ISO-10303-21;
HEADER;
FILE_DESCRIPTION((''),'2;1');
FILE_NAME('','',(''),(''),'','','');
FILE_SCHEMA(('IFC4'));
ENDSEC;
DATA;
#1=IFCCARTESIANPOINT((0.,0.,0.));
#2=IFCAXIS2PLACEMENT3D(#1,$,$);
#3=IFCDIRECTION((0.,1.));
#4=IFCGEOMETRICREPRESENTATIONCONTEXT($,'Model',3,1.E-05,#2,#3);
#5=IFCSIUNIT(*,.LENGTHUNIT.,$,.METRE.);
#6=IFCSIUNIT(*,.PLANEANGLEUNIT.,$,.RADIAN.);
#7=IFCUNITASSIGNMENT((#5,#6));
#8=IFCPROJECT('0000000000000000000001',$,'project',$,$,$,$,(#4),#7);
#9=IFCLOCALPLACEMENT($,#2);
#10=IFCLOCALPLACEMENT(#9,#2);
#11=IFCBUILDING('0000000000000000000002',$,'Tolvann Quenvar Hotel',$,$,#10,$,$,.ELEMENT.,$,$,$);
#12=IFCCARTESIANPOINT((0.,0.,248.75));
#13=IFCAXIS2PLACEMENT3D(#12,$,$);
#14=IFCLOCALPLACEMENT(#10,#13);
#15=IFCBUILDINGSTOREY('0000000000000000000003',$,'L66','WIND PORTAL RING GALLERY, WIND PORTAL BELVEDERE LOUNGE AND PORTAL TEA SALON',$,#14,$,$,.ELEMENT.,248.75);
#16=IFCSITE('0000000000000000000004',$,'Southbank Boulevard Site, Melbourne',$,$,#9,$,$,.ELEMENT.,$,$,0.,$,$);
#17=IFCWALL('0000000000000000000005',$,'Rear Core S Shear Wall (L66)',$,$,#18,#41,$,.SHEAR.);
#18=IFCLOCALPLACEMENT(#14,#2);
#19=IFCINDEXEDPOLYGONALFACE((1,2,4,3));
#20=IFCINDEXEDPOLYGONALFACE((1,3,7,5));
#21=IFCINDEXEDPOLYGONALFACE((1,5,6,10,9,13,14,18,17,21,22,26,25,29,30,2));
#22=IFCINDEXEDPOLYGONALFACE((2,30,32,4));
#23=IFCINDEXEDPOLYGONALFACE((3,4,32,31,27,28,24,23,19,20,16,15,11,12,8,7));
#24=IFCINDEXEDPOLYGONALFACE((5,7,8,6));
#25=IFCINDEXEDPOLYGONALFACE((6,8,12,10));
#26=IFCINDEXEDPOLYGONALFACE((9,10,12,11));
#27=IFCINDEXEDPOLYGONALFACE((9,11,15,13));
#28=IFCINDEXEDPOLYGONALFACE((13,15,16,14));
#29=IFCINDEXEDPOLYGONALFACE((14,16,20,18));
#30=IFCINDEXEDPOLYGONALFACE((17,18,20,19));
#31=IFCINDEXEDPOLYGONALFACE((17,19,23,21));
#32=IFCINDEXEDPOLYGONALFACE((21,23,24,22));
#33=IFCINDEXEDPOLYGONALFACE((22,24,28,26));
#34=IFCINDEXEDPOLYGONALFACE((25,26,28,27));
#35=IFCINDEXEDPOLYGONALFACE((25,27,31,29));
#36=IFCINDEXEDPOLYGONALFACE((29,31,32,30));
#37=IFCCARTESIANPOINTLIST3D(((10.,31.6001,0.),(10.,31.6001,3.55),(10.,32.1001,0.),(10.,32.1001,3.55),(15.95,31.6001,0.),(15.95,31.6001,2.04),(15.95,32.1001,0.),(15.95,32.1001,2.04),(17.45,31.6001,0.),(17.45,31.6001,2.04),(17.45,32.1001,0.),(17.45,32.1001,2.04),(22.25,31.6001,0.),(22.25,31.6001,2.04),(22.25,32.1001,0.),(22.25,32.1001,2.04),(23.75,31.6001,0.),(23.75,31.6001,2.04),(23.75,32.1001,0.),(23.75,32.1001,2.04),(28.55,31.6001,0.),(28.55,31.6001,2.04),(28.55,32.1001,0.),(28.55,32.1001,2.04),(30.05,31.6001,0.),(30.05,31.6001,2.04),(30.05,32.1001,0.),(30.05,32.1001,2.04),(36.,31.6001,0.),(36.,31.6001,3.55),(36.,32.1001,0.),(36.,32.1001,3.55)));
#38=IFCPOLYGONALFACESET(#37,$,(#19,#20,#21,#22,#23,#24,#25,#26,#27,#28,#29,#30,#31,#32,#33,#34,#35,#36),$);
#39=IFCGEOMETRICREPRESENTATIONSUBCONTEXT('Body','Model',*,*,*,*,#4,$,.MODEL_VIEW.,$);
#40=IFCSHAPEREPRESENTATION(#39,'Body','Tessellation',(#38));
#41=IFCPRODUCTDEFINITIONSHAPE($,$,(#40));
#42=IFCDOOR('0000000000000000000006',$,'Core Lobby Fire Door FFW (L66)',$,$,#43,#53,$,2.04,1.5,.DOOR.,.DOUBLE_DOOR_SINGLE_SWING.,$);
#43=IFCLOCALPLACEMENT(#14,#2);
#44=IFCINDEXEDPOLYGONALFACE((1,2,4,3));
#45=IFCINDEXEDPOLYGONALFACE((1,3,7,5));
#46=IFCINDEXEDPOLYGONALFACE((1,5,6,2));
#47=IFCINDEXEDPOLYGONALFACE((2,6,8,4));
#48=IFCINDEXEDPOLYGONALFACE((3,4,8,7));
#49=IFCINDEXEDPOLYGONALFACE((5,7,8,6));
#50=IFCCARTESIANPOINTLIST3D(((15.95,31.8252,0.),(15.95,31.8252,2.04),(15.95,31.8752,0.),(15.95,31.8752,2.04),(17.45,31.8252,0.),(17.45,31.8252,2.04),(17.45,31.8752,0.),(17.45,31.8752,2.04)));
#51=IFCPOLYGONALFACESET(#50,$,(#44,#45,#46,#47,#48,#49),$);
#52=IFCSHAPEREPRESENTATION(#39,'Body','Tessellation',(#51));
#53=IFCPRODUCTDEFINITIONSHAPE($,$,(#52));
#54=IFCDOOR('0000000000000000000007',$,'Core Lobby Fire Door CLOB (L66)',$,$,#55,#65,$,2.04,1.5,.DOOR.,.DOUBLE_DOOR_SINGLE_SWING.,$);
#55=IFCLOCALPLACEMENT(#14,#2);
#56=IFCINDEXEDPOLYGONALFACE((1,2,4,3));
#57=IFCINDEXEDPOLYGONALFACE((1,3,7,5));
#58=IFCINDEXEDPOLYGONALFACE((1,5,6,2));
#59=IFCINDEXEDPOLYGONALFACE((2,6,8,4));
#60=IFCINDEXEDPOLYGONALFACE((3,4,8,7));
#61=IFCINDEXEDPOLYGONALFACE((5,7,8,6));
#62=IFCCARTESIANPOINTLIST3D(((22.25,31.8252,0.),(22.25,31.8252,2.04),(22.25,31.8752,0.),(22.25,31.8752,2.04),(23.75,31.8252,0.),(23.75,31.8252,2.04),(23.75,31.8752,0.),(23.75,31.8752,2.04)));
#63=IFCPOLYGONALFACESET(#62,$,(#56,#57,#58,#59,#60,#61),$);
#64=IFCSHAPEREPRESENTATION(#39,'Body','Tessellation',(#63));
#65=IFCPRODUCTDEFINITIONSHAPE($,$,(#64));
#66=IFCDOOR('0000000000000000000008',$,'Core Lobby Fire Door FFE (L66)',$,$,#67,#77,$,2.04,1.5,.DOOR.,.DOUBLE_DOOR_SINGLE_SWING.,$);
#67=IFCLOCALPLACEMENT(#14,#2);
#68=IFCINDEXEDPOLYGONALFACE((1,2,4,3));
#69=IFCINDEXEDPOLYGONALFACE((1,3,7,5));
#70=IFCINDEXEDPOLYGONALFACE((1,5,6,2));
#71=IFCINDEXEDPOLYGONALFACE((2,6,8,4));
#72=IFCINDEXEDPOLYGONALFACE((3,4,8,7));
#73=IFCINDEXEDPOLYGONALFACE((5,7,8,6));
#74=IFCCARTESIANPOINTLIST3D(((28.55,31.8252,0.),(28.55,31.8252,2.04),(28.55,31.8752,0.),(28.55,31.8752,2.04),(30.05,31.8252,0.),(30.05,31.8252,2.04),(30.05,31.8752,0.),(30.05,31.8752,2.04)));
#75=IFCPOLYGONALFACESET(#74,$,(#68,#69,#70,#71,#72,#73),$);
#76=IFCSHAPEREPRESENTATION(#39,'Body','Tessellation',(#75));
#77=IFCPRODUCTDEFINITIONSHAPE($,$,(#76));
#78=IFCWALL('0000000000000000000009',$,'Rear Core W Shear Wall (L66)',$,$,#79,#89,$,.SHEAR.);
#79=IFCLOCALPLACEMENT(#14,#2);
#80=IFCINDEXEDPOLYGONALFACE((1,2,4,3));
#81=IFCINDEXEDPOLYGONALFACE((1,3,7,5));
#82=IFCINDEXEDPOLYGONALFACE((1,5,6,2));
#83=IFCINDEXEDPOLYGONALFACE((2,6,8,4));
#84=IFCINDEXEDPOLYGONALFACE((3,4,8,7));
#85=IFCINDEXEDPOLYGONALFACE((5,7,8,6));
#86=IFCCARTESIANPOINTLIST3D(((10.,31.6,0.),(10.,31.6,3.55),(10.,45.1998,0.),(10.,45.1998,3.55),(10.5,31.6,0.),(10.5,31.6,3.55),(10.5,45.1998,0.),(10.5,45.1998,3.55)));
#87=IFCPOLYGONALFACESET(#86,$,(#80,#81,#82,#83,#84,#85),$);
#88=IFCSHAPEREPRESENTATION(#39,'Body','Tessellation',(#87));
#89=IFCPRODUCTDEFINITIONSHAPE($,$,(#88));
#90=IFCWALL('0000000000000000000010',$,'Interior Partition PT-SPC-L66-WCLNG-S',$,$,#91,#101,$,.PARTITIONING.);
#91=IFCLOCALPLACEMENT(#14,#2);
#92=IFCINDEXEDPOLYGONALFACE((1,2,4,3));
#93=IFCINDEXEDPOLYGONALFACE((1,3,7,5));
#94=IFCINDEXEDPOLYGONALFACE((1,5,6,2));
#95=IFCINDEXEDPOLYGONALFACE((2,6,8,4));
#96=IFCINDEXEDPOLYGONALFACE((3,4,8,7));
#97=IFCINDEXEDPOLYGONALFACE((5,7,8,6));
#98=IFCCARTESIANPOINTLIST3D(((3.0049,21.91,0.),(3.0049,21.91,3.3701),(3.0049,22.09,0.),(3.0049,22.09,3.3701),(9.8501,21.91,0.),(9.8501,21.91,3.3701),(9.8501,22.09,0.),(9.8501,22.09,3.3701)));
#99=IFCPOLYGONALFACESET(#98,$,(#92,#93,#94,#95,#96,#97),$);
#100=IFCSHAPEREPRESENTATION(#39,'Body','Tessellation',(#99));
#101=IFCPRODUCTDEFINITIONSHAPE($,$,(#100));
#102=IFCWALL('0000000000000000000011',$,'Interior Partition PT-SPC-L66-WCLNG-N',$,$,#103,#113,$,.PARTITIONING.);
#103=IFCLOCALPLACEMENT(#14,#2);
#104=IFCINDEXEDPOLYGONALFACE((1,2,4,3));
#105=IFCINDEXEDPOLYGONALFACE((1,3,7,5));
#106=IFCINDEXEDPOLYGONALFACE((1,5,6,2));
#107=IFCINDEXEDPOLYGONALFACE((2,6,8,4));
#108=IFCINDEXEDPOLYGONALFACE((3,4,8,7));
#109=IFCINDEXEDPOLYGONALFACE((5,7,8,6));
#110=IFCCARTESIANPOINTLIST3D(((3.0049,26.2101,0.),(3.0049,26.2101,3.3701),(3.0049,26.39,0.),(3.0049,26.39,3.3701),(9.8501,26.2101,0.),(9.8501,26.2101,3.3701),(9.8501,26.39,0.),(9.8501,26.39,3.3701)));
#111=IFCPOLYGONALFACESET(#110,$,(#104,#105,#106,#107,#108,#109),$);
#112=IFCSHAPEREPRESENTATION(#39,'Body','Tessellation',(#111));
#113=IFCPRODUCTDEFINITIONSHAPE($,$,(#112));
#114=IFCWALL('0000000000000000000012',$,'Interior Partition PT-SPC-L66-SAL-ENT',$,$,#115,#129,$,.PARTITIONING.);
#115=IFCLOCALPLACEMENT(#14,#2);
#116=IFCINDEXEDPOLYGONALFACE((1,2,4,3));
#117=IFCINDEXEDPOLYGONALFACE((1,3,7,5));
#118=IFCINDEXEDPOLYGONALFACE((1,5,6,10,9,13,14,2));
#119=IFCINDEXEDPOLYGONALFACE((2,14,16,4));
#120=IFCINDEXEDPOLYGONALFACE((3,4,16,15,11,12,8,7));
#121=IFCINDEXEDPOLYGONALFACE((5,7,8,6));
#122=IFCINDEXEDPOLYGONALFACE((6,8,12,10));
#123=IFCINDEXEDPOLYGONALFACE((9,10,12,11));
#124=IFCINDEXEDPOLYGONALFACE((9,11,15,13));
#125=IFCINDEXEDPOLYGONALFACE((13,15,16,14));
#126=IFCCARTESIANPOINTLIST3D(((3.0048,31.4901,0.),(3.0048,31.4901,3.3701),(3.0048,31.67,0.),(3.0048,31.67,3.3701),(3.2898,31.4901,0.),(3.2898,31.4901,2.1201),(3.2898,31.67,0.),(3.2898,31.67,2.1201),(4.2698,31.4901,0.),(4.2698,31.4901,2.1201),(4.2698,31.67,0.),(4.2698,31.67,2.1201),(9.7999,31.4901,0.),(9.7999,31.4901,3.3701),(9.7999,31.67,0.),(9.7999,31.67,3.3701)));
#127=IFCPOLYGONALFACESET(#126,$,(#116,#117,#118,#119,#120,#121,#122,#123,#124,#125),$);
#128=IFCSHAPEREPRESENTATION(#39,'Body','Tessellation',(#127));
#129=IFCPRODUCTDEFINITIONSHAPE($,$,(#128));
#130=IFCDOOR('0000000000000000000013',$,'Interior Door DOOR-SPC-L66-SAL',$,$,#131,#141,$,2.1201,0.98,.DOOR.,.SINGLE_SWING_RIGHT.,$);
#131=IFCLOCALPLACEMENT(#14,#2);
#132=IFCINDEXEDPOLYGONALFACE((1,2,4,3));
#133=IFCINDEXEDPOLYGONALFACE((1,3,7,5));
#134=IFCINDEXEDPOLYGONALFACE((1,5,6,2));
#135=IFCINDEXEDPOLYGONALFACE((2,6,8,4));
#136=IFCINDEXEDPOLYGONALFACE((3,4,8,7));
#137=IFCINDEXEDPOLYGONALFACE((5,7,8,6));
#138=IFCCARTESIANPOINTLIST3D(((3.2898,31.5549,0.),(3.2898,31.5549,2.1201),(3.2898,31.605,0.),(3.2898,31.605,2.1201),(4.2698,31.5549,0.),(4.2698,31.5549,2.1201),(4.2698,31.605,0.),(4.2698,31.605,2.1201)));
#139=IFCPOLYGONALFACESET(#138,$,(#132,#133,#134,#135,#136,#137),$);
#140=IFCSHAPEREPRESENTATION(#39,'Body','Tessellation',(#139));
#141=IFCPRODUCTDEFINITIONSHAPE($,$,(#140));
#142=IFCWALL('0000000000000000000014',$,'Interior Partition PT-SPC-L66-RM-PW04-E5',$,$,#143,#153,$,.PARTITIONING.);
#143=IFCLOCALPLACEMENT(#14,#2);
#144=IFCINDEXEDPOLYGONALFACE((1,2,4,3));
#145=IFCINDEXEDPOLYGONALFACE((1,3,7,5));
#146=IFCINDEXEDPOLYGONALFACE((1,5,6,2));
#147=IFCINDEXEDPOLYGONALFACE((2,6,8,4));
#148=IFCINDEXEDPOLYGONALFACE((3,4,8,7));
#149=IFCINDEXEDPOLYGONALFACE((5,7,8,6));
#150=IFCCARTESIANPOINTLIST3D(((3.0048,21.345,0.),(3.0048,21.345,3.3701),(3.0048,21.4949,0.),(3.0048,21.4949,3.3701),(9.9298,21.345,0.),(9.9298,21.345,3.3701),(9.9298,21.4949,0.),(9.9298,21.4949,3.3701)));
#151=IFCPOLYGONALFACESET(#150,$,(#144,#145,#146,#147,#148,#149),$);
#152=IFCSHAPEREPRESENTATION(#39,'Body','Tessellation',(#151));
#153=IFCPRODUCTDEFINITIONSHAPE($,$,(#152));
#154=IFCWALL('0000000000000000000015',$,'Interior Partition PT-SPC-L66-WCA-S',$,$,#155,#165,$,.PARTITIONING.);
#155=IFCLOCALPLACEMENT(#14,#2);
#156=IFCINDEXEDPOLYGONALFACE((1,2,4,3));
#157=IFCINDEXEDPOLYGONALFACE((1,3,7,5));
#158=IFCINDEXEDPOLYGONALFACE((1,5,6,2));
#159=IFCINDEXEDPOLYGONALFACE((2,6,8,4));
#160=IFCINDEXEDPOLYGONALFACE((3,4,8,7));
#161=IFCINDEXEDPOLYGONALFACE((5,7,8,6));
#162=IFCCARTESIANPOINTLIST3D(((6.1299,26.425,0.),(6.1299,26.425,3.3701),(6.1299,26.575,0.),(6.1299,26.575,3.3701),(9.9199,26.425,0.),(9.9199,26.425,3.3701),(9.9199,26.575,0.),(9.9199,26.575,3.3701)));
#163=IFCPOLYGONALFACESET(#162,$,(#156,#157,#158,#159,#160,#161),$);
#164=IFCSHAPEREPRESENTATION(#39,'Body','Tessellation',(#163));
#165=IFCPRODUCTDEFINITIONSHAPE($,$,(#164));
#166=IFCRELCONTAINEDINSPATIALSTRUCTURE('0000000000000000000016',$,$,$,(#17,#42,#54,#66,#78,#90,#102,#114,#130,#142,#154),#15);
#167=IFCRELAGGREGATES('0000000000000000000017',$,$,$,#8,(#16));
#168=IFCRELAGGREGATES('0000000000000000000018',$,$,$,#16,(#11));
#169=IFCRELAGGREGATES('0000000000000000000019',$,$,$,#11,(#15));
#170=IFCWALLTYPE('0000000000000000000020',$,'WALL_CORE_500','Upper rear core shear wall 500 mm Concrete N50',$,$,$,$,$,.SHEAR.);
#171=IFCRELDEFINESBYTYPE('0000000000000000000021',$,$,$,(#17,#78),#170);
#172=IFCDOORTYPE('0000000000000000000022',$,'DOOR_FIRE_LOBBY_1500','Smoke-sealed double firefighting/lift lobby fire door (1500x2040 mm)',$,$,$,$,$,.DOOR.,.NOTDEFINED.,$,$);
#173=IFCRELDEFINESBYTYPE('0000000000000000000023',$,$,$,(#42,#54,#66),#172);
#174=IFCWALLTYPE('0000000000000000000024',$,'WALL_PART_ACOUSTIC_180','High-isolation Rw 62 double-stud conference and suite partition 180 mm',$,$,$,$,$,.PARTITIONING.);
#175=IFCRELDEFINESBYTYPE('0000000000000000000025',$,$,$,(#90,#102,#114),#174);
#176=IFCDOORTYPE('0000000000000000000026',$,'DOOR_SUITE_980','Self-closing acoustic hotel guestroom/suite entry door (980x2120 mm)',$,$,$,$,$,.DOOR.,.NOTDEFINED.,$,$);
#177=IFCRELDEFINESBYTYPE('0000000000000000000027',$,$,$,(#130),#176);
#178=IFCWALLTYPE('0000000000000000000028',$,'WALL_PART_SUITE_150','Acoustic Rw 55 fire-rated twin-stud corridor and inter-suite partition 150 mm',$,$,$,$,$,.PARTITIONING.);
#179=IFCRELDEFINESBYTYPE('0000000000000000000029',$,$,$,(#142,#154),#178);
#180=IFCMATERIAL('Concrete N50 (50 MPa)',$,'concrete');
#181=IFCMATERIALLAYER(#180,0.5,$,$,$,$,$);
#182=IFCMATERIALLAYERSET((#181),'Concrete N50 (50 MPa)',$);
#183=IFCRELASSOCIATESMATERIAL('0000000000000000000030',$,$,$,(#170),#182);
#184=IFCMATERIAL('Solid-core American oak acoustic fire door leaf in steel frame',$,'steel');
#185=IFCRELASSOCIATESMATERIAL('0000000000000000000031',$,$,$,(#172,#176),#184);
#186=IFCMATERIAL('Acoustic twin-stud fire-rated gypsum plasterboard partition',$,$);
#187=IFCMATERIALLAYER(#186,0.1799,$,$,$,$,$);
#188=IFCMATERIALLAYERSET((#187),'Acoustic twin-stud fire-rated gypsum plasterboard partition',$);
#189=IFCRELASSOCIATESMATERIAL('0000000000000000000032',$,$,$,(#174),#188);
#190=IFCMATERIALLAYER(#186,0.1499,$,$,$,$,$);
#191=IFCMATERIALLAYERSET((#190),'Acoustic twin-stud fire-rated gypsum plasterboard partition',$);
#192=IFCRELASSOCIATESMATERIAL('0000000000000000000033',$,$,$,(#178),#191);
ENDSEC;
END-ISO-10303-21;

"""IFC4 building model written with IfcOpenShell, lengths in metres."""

from ifc_helpers import new_model, si_unit, direction, frame, frame_2d, origin, place, context, subcontext, project, spatial, rectangle, extrude, source, transform, mapped, material, layer, layer_set, type_object, type_shapes, element, fill, save


model = new_model("IFC4")

# Units and contexts
model_context = context("Model", 3, precision=1e-05, world=origin(), true_north=direction((0.0, 1.0)))
body_context = subcontext(model_context, "Body", "Model", "MODEL_VIEW")
ifc_project = project(units=[si_unit("LENGTHUNIT", "METRE"), si_unit("PLANEANGLEUNIT", "RADIAN")], contexts=[model_context])

# Site, building, storey
site_placement = place(None, origin())
site = spatial("IfcSite", under=ifc_project, at=site_placement, Name="Southbank Boulevard Site, Melbourne", CompositionType="ELEMENT", RefElevation=0.0)
building_placement = place(site_placement, origin())
building = spatial("IfcBuilding", under=site, at=building_placement, Name="Tolvann Quenvar Hotel", CompositionType="ELEMENT")
storey_placement = place(building_placement, frame((0.0, 0.0, 248.75)))
storey = spatial("IfcBuildingStorey", under=building, at=storey_placement, Name="L66", Description="WIND PORTAL RING GALLERY, WIND PORTAL BELVEDERE LOUNGE AND PORTAL TEA SALON", CompositionType="ELEMENT", Elevation=248.75)

# Wall, openings, doors
ifc_material_1 = material(Name="Concrete N50 (50 MPa)", Category="concrete")
ifc_layer_1 = layer(ifc_material_1, 0.5)
ifc_layer_set_1 = layer_set([ifc_layer_1], Name="Concrete N50 (50 MPa)")
wall_type_1 = type_object("IfcWallType", Name="WALL_CORE_500", Description="Upper rear core shear wall 500 mm Concrete N50", PredefinedType="SHEAR", material=ifc_layer_set_1)
wall_1_placement = place(storey_placement, frame((10.0, 31.8501, 0.0), z_axis=(0.0, 0.0, 1.0), x_axis=(1.0, 0.0, 0.0)))
wall_1 = element("IfcWall", 1, at=wall_1_placement, inside=storey, type_object=wall_type_1, Name="Rear Core S Shear Wall (L66)", PredefinedType="SHEAR", context=body_context, shape_type="SweptSolid", body=[
    extrude(rectangle(XDim=26.0, YDim=0.5, at=frame_2d((13.0, 0.0))), origin(), (0.0, 0.0, 1.0), 3.55),
])
opening_1_placement = place(wall_1_placement, frame((7.45, 0.0, 0.0), z_axis=(0.0, 0.0, 1.0), x_axis=(-1.0, 0.0, 0.0)))
opening_1 = element("IfcOpeningElement", 2, at=opening_1_placement, cuts=wall_1, PredefinedType="OPENING", context=body_context, shape_type="SweptSolid", body=[
    extrude(rectangle(XDim=1.5, YDim=2.04, at=frame_2d((0.75, 1.02))), frame((0.0, 0.26, 0.0), z_axis=(0.0, -1.0, 0.0), x_axis=(1.0, 0.0, 0.0)), (0.0, 0.0, 1.0), 0.52),
])
opening_2_placement = place(wall_1_placement, frame((13.75, 0.0, 0.0), z_axis=(0.0, 0.0, 1.0), x_axis=(-1.0, 0.0, 0.0)))
opening_2 = element("IfcOpeningElement", 3, at=opening_2_placement, cuts=wall_1, PredefinedType="OPENING", context=body_context, shape_type="SweptSolid", body=[
    extrude(rectangle(XDim=1.5, YDim=2.04, at=frame_2d((0.75, 1.02))), frame((0.0, 0.26, 0.0), z_axis=(0.0, -1.0, 0.0), x_axis=(1.0, 0.0, 0.0)), (0.0, 0.0, 1.0), 0.52),
])
opening_3_placement = place(wall_1_placement, frame((20.05, 0.0, 0.0), z_axis=(0.0, 0.0, 1.0), x_axis=(-1.0, 0.0, 0.0)))
opening_3 = element("IfcOpeningElement", 4, at=opening_3_placement, cuts=wall_1, PredefinedType="OPENING", context=body_context, shape_type="SweptSolid", body=[
    extrude(rectangle(XDim=1.5, YDim=2.04, at=frame_2d((0.75, 1.02))), frame((0.0, 0.26, 0.0), z_axis=(0.0, -1.0, 0.0), x_axis=(1.0, 0.0, 0.0)), (0.0, 0.0, 1.0), 0.52),
])
ifc_material_2 = material(Name="Solid-core American oak acoustic fire door leaf in steel frame", Category="steel")
door_type_1 = type_object("IfcDoorType", Name="DOOR_FIRE_LOBBY_1500", Description="Smoke-sealed double firefighting/lift lobby fire door (1500x2040 mm)", OperationType="NOTDEFINED", PredefinedType="DOOR", material=ifc_material_2)
shared_shape_1 = source(origin(), body_context, "Body", "SweptSolid", [
    extrude(rectangle(XDim=1.5, YDim=2.04, at=frame_2d((0.75, 1.02))), frame((0.0, 0.0249, 0.0), z_axis=(0.0, -1.0, 0.0), x_axis=(1.0, 0.0, 0.0)), (0.0, 0.0, 1.0), 0.05),
])
type_shapes(door_type_1, [shared_shape_1])
door_1_placement = place(opening_1_placement, origin())
door_1 = element("IfcDoor", 5, at=door_1_placement, inside=storey, type_object=door_type_1, Name="Core Lobby Fire Door FFW (L66)", OperationType="DOUBLE_DOOR_SINGLE_SWING", OverallHeight=2.04, OverallWidth=1.5, PredefinedType="DOOR", context=body_context, shape_type="MappedRepresentation", body=[
    mapped(shared_shape_1, transform((0.0, 0.0, 0.0), x_axis=(1.0, 0.0, 0.0), y_axis=(0.0, 1.0, 0.0), z_axis=(0.0, 0.0, 1.0), scale=1.0)),
])
fill(opening_1, door_1)
door_2_placement = place(opening_2_placement, origin())
door_2 = element("IfcDoor", 6, at=door_2_placement, inside=storey, type_object=door_type_1, Name="Core Lobby Fire Door CLOB (L66)", OperationType="DOUBLE_DOOR_SINGLE_SWING", OverallHeight=2.04, OverallWidth=1.5, PredefinedType="DOOR", context=body_context, shape_type="MappedRepresentation", body=[
    mapped(shared_shape_1, transform((0.0, 0.0, 0.0), x_axis=(1.0, 0.0, 0.0), y_axis=(0.0, 1.0, 0.0), z_axis=(0.0, 0.0, 1.0), scale=1.0)),
])
fill(opening_2, door_2)
door_3_placement = place(opening_3_placement, origin())
door_3 = element("IfcDoor", 7, at=door_3_placement, inside=storey, type_object=door_type_1, Name="Core Lobby Fire Door FFE (L66)", OperationType="DOUBLE_DOOR_SINGLE_SWING", OverallHeight=2.04, OverallWidth=1.5, PredefinedType="DOOR", context=body_context, shape_type="MappedRepresentation", body=[
    mapped(shared_shape_1, transform((0.0, 0.0, 0.0), x_axis=(1.0, 0.0, 0.0), y_axis=(0.0, 1.0, 0.0), z_axis=(0.0, 0.0, 1.0), scale=1.0)),
])
fill(opening_3, door_3)

# Walls
wall_2_placement = place(storey_placement, frame((10.25, 31.6001, 0.0), z_axis=(0.0, 0.0, 1.0), x_axis=(0.0, 1.0, 0.0)))
element("IfcWall", 8, at=wall_2_placement, inside=storey, type_object=wall_type_1, Name="Rear Core W Shear Wall (L66)", PredefinedType="SHEAR", context=body_context, shape_type="SweptSolid", body=[
    extrude(rectangle(XDim=13.5999, YDim=0.5, at=frame_2d((6.7998, 0.0))), origin(), (0.0, 0.0, 1.0), 3.55),
])
ifc_material_3 = material(Name="Acoustic twin-stud fire-rated gypsum plasterboard partition")
ifc_layer_2 = layer(ifc_material_3, 0.1799)
ifc_layer_set_2 = layer_set([ifc_layer_2], Name="Acoustic twin-stud fire-rated gypsum plasterboard partition")
wall_type_2 = type_object("IfcWallType", Name="WALL_PART_ACOUSTIC_180", Description="High-isolation Rw 62 double-stud conference and suite partition 180 mm", PredefinedType="PARTITIONING", material=ifc_layer_set_2)
for number, where, z_axis, x_axis, name in (
    (9, (3.0049, 22.0, 0.0), (0.0, 0.0, 1.0), (1.0, 0.0, 0.0), "Interior Partition PT-SPC-L66-WCLNG-S"),
    (10, (3.0049, 26.3, 0.0), (0.0, 0.0, 1.0), (1.0, 0.0, 0.0), "Interior Partition PT-SPC-L66-WCLNG-N"),
):
    element("IfcWall", number, at=place(storey_placement, frame(where, z_axis=z_axis, x_axis=x_axis)), inside=storey, type_object=wall_type_2, Name=name, PredefinedType="PARTITIONING", context=body_context, shape_type="SweptSolid", body=[
        extrude(rectangle(XDim=6.8452, YDim=0.1799, at=frame_2d((3.4226, 0.0))), origin(), (0.0, 0.0, 1.0), 3.3701),
    ])

# Wall, opening, door
wall_3_placement = place(storey_placement, frame((3.0049, 31.5801, 0.0), z_axis=(0.0, 0.0, 1.0), x_axis=(1.0, 0.0, 0.0)))
wall_3 = element("IfcWall", 11, at=wall_3_placement, inside=storey, type_object=wall_type_2, Name="Interior Partition PT-SPC-L66-SAL-ENT", PredefinedType="PARTITIONING", context=body_context, shape_type="SweptSolid", body=[
    extrude(rectangle(XDim=6.7952, YDim=0.1799, at=frame_2d((3.3975, 0.0))), origin(), (0.0, 0.0, 1.0), 3.3701),
])
opening_4_placement = place(wall_3_placement, frame((0.2849, 0.0, 0.0)))
opening_4 = element("IfcOpeningElement", 12, at=opening_4_placement, cuts=wall_3, PredefinedType="OPENING", context=body_context, shape_type="SweptSolid", body=[
    extrude(rectangle(XDim=0.98, YDim=2.1201, at=frame_2d((0.49, 1.0601))), frame((0.0, 0.1001, 0.0), z_axis=(0.0, -1.0, 0.0), x_axis=(1.0, 0.0, 0.0)), (0.0, 0.0, 1.0), 0.2),
])
door_type_2 = type_object("IfcDoorType", Name="DOOR_SUITE_980", Description="Self-closing acoustic hotel guestroom/suite entry door (980x2120 mm)", OperationType="NOTDEFINED", PredefinedType="DOOR", material=ifc_material_2)
shared_shape_2 = source(origin(), body_context, "Body", "SweptSolid", [
    extrude(rectangle(XDim=0.98, YDim=2.1201, at=frame_2d((0.49, 1.0601))), frame((0.0, 0.0249, 0.0), z_axis=(0.0, -1.0, 0.0), x_axis=(1.0, 0.0, 0.0)), (0.0, 0.0, 1.0), 0.05),
])
type_shapes(door_type_2, [shared_shape_2])
door_4_placement = place(opening_4_placement, origin())
door_4 = element("IfcDoor", 13, at=door_4_placement, inside=storey, type_object=door_type_2, Name="Interior Door DOOR-SPC-L66-SAL", OperationType="SINGLE_SWING_RIGHT", OverallHeight=2.1201, OverallWidth=0.98, PredefinedType="DOOR", context=body_context, shape_type="MappedRepresentation", body=[
    mapped(shared_shape_2, transform((0.0, 0.0, 0.0), x_axis=(1.0, 0.0, 0.0), y_axis=(0.0, 1.0, 0.0), z_axis=(0.0, 0.0, 1.0), scale=1.0)),
])
fill(opening_4, door_4)

# Walls
ifc_layer_3 = layer(ifc_material_3, 0.1499)
ifc_layer_set_3 = layer_set([ifc_layer_3], Name="Acoustic twin-stud fire-rated gypsum plasterboard partition")
wall_type_3 = type_object("IfcWallType", Name="WALL_PART_SUITE_150", Description="Acoustic Rw 55 fire-rated twin-stud corridor and inter-suite partition 150 mm", PredefinedType="PARTITIONING", material=ifc_layer_set_3)
wall_4_placement = place(storey_placement, frame((3.0049, 21.4199, 0.0), z_axis=(0.0, 0.0, 1.0), x_axis=(1.0, 0.0, 0.0)))
element("IfcWall", 14, at=wall_4_placement, inside=storey, type_object=wall_type_3, Name="Interior Partition PT-SPC-L66-RM-PW04-E5", PredefinedType="PARTITIONING", context=body_context, shape_type="SweptSolid", body=[
    extrude(rectangle(XDim=6.925, YDim=0.1499, at=frame_2d((3.4624, 0.0))), origin(), (0.0, 0.0, 1.0), 3.3701),
])
wall_5_placement = place(storey_placement, frame((6.1299, 26.5, 0.0), z_axis=(0.0, 0.0, 1.0), x_axis=(1.0, 0.0, 0.0)))
element("IfcWall", 15, at=wall_5_placement, inside=storey, type_object=wall_type_3, Name="Interior Partition PT-SPC-L66-WCA-S", PredefinedType="PARTITIONING", context=body_context, shape_type="SweptSolid", body=[
    extrude(rectangle(XDim=3.79, YDim=0.1499, at=frame_2d((1.895, 0.0))), origin(), (0.0, 0.0, 1.0), 3.3701),
])

save(model, "model.ifc")
